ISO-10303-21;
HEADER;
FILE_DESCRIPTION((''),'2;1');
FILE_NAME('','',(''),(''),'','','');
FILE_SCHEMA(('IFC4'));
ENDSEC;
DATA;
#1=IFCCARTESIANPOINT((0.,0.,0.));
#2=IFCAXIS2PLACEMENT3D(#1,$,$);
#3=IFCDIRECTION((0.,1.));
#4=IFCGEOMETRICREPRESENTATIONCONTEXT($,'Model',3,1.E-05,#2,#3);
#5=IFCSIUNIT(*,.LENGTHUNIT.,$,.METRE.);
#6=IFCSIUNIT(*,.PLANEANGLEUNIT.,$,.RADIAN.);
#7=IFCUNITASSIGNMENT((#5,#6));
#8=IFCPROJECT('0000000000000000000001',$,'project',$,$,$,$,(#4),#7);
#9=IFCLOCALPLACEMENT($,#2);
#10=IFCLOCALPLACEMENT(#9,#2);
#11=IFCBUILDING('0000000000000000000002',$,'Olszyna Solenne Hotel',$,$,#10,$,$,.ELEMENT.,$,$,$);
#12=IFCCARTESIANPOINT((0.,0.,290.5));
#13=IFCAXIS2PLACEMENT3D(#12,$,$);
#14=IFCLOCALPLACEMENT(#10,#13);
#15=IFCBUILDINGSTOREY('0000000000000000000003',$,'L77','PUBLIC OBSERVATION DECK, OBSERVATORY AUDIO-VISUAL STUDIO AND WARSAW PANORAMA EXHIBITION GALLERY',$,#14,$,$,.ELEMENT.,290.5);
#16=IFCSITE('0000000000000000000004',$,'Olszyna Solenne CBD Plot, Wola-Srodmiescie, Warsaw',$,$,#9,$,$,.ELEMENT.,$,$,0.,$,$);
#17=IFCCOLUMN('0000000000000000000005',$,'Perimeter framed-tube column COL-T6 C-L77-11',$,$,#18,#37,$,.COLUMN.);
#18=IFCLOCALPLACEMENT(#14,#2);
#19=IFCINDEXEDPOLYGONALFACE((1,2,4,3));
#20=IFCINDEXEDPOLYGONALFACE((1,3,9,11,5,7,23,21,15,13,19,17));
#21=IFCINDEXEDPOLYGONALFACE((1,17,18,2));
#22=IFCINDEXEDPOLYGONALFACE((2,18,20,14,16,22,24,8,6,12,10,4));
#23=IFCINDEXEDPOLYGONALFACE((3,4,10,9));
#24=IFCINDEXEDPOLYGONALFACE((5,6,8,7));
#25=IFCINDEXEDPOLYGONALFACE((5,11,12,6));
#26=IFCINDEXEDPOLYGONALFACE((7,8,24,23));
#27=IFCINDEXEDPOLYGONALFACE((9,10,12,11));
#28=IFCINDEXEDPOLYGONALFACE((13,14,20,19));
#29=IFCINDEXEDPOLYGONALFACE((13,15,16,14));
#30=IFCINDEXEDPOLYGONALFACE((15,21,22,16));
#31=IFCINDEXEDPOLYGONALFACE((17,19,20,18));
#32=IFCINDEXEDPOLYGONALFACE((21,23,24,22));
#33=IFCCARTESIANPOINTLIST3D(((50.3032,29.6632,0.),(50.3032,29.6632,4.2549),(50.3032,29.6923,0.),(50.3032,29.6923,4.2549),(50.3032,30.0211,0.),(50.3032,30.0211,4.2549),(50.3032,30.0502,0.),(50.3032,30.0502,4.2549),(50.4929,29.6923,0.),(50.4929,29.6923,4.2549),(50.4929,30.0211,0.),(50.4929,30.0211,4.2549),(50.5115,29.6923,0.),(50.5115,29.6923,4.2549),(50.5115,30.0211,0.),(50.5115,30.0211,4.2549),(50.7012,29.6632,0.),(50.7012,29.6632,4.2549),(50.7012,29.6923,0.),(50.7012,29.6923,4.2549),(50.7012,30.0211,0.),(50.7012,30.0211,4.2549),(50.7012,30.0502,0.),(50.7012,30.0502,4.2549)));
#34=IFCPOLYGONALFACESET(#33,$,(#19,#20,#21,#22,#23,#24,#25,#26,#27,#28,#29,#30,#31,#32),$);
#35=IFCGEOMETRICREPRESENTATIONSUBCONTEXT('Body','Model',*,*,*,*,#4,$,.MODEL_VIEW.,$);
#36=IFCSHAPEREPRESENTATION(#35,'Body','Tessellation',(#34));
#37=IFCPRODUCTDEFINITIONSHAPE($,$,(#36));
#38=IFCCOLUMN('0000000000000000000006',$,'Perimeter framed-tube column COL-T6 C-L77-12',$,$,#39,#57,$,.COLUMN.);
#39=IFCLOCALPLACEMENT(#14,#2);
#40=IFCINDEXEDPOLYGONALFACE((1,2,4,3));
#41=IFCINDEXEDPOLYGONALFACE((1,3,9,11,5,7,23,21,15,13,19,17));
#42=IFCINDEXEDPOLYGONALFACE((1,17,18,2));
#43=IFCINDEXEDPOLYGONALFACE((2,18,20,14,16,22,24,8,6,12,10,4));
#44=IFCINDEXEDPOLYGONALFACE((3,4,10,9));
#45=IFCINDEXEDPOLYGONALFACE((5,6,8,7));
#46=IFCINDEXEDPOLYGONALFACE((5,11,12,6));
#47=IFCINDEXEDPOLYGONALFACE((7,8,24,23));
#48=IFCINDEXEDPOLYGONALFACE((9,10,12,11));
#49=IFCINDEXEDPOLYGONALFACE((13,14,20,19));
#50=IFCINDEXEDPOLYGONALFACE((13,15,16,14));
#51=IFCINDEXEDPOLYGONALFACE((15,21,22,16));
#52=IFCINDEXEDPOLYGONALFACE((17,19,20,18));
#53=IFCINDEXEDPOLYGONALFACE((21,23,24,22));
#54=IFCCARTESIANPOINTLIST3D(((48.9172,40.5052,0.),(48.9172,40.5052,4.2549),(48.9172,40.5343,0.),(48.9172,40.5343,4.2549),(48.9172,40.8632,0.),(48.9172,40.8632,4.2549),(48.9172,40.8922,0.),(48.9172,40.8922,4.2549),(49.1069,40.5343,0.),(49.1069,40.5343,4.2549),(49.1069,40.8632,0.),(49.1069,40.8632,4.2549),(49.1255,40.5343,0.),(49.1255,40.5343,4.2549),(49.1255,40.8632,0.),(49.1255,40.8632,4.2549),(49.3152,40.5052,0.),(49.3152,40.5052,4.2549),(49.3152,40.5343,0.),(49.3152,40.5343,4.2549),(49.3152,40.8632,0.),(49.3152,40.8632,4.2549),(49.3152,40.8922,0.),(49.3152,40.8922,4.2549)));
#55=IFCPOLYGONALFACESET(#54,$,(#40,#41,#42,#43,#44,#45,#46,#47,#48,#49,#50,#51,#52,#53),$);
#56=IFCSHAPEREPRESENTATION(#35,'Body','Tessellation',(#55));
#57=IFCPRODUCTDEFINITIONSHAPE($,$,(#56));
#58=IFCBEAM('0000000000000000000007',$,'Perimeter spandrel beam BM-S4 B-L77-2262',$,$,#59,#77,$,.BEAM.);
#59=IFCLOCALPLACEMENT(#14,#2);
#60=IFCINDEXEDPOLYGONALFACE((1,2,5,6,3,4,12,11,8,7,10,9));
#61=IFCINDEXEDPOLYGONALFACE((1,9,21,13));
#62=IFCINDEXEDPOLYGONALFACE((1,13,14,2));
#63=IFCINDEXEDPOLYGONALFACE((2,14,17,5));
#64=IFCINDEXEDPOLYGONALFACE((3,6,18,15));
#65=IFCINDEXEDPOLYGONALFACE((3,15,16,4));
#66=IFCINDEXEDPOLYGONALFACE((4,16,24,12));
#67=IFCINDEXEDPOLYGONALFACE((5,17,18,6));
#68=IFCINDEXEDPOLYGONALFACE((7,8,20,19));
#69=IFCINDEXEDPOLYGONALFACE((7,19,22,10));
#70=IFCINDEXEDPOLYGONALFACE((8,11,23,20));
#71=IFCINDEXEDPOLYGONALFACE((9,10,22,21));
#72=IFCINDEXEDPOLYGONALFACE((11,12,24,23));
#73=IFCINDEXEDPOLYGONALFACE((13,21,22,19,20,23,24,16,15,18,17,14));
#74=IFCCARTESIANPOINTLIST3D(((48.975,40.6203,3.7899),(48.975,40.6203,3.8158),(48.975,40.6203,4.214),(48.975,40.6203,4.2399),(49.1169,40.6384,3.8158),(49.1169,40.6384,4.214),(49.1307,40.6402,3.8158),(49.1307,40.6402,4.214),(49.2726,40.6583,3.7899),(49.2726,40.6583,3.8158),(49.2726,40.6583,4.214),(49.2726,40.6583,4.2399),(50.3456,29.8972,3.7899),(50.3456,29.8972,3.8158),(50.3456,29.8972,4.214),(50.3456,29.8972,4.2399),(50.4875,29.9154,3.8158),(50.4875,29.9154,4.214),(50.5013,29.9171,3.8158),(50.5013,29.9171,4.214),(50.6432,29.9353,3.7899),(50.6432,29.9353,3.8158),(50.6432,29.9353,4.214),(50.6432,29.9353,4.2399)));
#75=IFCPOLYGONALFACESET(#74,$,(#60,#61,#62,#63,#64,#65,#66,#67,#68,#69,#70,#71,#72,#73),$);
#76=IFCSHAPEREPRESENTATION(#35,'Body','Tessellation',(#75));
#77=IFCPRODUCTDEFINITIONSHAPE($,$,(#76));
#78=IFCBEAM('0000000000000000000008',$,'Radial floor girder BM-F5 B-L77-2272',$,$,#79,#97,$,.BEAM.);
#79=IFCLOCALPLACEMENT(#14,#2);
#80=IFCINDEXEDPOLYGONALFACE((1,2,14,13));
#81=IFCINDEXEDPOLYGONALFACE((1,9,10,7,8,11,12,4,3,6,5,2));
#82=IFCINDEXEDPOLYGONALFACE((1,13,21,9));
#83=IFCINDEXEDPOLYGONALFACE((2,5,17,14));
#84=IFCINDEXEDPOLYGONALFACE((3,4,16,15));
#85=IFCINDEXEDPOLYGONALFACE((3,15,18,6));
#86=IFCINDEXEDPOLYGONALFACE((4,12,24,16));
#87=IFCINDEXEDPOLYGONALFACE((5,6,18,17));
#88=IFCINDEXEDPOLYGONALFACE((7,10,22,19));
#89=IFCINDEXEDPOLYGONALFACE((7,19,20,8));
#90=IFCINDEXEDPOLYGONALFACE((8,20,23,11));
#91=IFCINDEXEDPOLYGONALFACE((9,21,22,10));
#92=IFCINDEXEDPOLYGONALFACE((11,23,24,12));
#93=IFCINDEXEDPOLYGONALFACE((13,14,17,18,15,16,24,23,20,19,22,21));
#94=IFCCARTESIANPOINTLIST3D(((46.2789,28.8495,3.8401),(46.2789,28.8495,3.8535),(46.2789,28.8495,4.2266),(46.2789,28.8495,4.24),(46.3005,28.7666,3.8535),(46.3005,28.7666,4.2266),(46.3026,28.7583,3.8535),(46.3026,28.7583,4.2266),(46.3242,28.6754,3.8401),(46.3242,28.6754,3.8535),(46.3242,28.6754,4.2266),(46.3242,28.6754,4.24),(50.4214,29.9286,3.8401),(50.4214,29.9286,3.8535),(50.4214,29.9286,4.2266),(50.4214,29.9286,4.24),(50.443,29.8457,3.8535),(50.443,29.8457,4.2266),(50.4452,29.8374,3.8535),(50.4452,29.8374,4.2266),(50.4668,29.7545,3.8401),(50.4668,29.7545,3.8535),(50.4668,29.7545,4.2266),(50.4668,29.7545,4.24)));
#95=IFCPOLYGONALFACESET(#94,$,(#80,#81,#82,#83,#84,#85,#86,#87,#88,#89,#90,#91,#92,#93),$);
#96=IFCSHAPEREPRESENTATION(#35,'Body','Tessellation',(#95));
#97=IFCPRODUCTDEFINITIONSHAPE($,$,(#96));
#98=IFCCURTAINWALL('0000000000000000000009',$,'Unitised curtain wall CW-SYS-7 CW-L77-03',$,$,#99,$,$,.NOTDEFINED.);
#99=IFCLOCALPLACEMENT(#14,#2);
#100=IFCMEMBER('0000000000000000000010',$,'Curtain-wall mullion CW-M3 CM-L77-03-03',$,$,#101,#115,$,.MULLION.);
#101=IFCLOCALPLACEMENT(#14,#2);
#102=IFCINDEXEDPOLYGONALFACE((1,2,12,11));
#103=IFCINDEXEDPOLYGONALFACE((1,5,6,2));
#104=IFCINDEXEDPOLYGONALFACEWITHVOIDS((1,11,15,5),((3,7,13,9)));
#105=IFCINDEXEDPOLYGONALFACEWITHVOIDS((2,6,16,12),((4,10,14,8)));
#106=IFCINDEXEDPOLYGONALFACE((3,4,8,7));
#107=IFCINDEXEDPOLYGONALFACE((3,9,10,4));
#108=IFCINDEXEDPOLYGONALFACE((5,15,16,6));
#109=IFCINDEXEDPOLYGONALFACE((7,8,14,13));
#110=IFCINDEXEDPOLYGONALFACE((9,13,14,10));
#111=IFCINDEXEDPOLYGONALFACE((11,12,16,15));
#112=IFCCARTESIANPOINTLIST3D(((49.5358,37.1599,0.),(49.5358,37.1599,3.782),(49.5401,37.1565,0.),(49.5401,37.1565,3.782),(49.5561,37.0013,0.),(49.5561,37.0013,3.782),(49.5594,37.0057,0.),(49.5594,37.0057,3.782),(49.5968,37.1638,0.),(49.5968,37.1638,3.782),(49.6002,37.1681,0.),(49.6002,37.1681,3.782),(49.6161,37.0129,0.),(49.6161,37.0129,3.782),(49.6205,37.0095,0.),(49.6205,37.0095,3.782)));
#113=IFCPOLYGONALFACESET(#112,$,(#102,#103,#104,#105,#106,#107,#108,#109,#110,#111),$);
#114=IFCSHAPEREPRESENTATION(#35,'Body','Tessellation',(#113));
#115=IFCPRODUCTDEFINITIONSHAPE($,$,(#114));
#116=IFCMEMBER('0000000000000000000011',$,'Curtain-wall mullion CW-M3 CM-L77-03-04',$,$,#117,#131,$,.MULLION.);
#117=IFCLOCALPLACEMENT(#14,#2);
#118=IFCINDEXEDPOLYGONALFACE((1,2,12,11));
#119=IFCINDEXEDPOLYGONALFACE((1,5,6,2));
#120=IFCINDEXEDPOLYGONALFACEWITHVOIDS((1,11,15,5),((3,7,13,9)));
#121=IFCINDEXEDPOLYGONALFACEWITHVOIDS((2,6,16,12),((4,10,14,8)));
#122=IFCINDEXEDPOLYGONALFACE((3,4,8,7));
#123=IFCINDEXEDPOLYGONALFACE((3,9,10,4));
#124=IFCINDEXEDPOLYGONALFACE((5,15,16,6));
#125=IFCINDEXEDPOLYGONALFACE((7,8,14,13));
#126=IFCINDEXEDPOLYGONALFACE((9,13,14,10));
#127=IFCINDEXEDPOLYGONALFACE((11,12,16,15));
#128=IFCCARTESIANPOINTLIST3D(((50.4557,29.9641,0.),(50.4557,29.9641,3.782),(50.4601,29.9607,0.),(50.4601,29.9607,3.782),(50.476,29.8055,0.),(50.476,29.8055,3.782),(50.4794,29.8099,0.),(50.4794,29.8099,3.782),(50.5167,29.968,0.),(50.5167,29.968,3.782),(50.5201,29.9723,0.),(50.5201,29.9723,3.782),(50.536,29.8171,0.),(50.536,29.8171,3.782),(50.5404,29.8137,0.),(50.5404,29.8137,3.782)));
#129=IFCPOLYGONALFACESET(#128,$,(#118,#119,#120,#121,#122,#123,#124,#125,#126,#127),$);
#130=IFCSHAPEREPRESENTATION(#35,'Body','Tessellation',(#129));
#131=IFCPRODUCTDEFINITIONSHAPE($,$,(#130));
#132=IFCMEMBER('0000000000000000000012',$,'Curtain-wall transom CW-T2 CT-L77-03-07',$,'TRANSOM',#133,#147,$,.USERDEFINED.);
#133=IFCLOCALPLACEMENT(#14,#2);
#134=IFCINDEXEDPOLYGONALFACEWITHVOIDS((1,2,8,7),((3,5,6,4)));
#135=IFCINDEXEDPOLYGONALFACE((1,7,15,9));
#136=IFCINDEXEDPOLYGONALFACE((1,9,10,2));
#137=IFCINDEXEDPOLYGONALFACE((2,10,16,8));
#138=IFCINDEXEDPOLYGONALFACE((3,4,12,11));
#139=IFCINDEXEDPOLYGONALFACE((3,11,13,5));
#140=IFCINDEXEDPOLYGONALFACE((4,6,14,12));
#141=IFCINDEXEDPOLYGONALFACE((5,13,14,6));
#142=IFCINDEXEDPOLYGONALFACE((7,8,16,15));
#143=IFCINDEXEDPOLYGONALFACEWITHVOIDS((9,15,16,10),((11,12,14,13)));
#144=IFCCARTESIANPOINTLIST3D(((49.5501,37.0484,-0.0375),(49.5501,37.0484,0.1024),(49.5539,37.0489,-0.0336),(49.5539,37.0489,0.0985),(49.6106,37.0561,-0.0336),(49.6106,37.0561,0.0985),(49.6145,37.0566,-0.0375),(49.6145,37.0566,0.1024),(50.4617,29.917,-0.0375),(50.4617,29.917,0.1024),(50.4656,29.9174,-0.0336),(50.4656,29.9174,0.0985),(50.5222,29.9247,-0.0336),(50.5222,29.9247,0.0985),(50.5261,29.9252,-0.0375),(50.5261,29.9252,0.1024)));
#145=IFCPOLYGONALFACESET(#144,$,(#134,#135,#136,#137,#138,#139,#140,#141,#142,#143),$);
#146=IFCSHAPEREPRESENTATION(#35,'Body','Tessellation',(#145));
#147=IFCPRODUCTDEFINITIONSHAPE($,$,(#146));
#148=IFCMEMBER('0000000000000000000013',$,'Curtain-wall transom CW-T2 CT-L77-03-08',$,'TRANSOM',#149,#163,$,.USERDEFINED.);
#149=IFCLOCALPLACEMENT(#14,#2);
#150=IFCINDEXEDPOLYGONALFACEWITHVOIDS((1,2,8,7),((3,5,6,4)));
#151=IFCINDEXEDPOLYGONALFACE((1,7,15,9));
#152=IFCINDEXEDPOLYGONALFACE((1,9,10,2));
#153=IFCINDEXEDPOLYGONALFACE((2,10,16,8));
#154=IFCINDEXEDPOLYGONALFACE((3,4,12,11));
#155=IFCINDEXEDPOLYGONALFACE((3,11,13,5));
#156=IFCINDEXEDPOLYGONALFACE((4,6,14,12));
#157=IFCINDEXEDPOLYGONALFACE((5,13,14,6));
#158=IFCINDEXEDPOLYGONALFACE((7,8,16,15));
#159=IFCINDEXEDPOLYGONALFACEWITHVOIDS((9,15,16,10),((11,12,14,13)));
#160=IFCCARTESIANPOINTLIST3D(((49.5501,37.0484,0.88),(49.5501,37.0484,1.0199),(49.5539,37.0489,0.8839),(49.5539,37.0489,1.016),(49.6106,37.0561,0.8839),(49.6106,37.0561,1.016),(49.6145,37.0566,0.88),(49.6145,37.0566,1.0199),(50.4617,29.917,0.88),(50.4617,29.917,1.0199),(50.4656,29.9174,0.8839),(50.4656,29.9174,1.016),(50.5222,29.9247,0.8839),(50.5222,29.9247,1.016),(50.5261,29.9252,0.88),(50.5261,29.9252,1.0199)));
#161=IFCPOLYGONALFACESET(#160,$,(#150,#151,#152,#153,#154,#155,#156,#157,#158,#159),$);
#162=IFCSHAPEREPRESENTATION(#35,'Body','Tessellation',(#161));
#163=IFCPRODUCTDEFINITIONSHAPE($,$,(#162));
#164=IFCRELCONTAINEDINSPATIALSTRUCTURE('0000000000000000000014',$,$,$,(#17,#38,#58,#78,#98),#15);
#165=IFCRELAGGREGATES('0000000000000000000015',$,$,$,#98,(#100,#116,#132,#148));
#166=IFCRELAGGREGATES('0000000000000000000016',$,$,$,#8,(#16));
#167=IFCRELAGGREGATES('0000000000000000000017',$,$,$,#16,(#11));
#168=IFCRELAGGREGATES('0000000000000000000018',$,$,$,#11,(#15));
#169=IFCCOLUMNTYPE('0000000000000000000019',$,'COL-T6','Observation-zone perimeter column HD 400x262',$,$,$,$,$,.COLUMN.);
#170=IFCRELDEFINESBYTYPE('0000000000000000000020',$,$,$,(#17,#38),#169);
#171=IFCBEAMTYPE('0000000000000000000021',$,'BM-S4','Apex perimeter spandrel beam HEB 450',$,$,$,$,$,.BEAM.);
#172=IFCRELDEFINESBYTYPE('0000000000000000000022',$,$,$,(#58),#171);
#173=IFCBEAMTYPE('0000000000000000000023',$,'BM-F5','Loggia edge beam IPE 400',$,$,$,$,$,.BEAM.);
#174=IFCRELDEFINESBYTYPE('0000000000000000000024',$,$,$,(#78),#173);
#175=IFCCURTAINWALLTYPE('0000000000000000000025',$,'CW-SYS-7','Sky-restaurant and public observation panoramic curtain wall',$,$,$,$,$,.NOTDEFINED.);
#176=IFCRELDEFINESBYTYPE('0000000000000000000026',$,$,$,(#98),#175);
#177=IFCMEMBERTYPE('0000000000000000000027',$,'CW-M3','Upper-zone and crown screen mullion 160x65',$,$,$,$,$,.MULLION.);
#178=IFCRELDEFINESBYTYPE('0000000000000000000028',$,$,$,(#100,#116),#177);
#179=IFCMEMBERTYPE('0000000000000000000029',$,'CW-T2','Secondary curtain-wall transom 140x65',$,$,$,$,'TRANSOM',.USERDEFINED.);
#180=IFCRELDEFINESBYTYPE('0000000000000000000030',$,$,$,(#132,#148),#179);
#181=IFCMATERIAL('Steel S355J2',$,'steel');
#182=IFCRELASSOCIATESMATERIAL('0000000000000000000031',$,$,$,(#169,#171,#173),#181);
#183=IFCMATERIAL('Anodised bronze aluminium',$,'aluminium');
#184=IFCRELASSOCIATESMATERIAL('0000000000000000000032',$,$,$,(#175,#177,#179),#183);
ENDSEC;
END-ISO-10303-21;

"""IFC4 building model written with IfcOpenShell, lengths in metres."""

from ifc_helpers import new_model, si_unit, direction, frame, origin, origin_2d, place, context, subcontext, project, spatial, hollow_rectangle, i_section, extrude, source, transform, mapped, material, material_profile, profile_set, type_object, element, aggregate, save


model = new_model("IFC4")

# Units and contexts
model_context = context("Model", 3, precision=1e-05, world=origin(), true_north=direction((0.0, 1.0)))
body_context = subcontext(model_context, "Body", "Model", "MODEL_VIEW")
ifc_project = project(units=[si_unit("LENGTHUNIT", "METRE"), si_unit("PLANEANGLEUNIT", "RADIAN")], contexts=[model_context])

# Site, building, storey
site_placement = place(None, origin())
site = spatial("IfcSite", under=ifc_project, at=site_placement, Name="Olszyna Solenne CBD Plot, Wola-Srodmiescie, Warsaw", CompositionType="ELEMENT", RefElevation=0.0)
building_placement = place(site_placement, origin())
building = spatial("IfcBuilding", under=site, at=building_placement, Name="Olszyna Solenne Hotel", CompositionType="ELEMENT")
storey_placement = place(building_placement, frame((0.0, 0.0, 290.5)))
storey = spatial("IfcBuildingStorey", under=building, at=storey_placement, Name="L77", Description="PUBLIC OBSERVATION DECK, OBSERVATORY AUDIO-VISUAL STUDIO AND WARSAW PANORAMA EXHIBITION GALLERY", CompositionType="ELEMENT", Elevation=290.5)

# Columns
ifc_material_1 = material(Name="Steel S355J2", Category="steel")
ifc_material_profile_1 = material_profile(ifc_material_1, i_section(OverallWidth=0.3979, OverallDepth=0.387, WebThickness=0.0186, FlangeThickness=0.0291, at=origin_2d()), Name="HD 400x262", Category="load-bearing")
ifc_profile_set_1 = profile_set([ifc_material_profile_1], Name="Steel S355J2")
column_type = type_object("IfcColumnType", Name="COL-T6", Description="Observation-zone perimeter column HD 400x262", PredefinedType="COLUMN", material=ifc_profile_set_1)
shared_shape_1 = source(origin(), body_context, "Body", "SweptSolid", [
    extrude(i_section(OverallWidth=0.3979, OverallDepth=0.387, WebThickness=0.0186, FlangeThickness=0.0291, at=origin_2d()), origin(), (0.0, 0.0, 1.0), 4.2549),
])
for number, where, z_axis, x_axis, name in (
    (1, (50.5022, 29.8567, 0.0), (0.0, 0.0, 1.0), (1.0, 0.0, 0.0), "Perimeter framed-tube column COL-T6 C-L77-11"),
    (2, (49.1162, 40.6987, 0.0), (0.0, 0.0, 1.0), (1.0, 0.0, 0.0), "Perimeter framed-tube column COL-T6 C-L77-12"),
):
    element("IfcColumn", number, at=place(storey_placement, frame(where, z_axis=z_axis, x_axis=x_axis)), inside=storey, type_object=column_type, Name=name, PredefinedType="COLUMN", context=body_context, shape_type="MappedRepresentation", body=[
        mapped(shared_shape_1, transform((0.0, 0.0, 0.0), x_axis=(1.0, 0.0, 0.0), y_axis=(0.0, 1.0, 0.0), z_axis=(0.0, 0.0, 1.0), scale=1.0)),
    ])

# Beams
ifc_material_profile_2 = material_profile(ifc_material_1, i_section(OverallWidth=0.3, OverallDepth=0.45, WebThickness=0.0139, FlangeThickness=0.0259, at=origin_2d()), Name="HEB 450", Category="load-bearing")
ifc_profile_set_2 = profile_set([ifc_material_profile_2], Name="Steel S355J2")
beam_type_1 = type_object("IfcBeamType", Name="BM-S4", Description="Apex perimeter spandrel beam HEB 450", PredefinedType="BEAM", material=ifc_profile_set_2)
shared_shape_2 = source(origin(), body_context, "Body", "SweptSolid", [
    extrude(i_section(OverallWidth=0.3, OverallDepth=0.45, WebThickness=0.0139, FlangeThickness=0.0259, at=origin_2d()), origin(), (0.0, 0.0, 1.0), 10.8103),
])
beam_1_placement = place(storey_placement, frame((50.4944, 29.9163, 4.0149), z_axis=(-0.126786, 0.99193, 0.0), x_axis=(-0.99193, -0.126786, 0.0)))
element("IfcBeam", 3, at=beam_1_placement, inside=storey, type_object=beam_type_1, Name="Perimeter spandrel beam BM-S4 B-L77-2262", PredefinedType="BEAM", context=body_context, shape_type="MappedRepresentation", body=[
    mapped(shared_shape_2, transform((0.0, 0.0, 0.0), x_axis=(1.0, 0.0, 0.0), y_axis=(0.0, 1.0, 0.0), z_axis=(0.0, 0.0, 1.0), scale=1.0)),
])
ifc_material_profile_3 = material_profile(ifc_material_1, i_section(OverallWidth=0.1799, OverallDepth=0.3999, WebThickness=0.0085, FlangeThickness=0.0134, at=origin_2d()), Name="IPE 400", Category="load-bearing")
ifc_profile_set_3 = profile_set([ifc_material_profile_3], Name="Steel S355J2")
beam_type_2 = type_object("IfcBeamType", Name="BM-F5", Description="Loggia edge beam IPE 400", PredefinedType="BEAM", material=ifc_profile_set_3)
shared_shape_3 = source(origin(), body_context, "Body", "SweptSolid", [
    extrude(i_section(OverallWidth=0.1799, OverallDepth=0.3999, WebThickness=0.0085, FlangeThickness=0.0134, at=origin_2d()), origin(), (0.0, 0.0, 1.0), 4.2808),
])
beam_2_placement = place(storey_placement, frame((50.4441, 29.8416, 4.04), z_axis=(-0.967707, -0.252078, 0.0), x_axis=(0.252078, -0.967707, 0.0)))
element("IfcBeam", 4, at=beam_2_placement, inside=storey, type_object=beam_type_2, Name="Radial floor girder BM-F5 B-L77-2272", PredefinedType="BEAM", context=body_context, shape_type="MappedRepresentation", body=[
    mapped(shared_shape_3, transform((0.0, 0.0, 0.0), x_axis=(1.0, 0.0, 0.0), y_axis=(0.0, 1.0, 0.0), z_axis=(0.0, 0.0, 1.0), scale=1.0)),
])

# Curtain wall, members
ifc_material_2 = material(Name="Anodised bronze aluminium", Category="aluminium")
curtain_wall_type = type_object("IfcCurtainWallType", Name="CW-SYS-7", Description="Sky-restaurant and public observation panoramic curtain wall", PredefinedType="NOTDEFINED", material=ifc_material_2)
curtain_wall_placement = place(storey_placement, origin())
curtain_wall = element("IfcCurtainWall", 5, at=curtain_wall_placement, inside=storey, type_object=curtain_wall_type, Name="Unitised curtain wall CW-SYS-7 CW-L77-03", PredefinedType="NOTDEFINED")
ifc_material_profile_4 = material_profile(ifc_material_2, hollow_rectangle(XDim=0.0649, YDim=0.1599, WallThickness=0.0039, at=origin_2d()), Name="MULL 160x65x4", Category="load-bearing")
ifc_profile_set_4 = profile_set([ifc_material_profile_4], Name="Anodised bronze aluminium")
member_type_1 = type_object("IfcMemberType", Name="CW-M3", Description="Upper-zone and crown screen mullion 160x65", PredefinedType="MULLION", material=ifc_profile_set_4)
shared_shape_4 = source(origin(), body_context, "Body", "SweptSolid", [
    extrude(hollow_rectangle(XDim=0.0649, YDim=0.1599, WallThickness=0.0039, at=origin_2d()), origin(), (0.0, 0.0, 1.0), 3.782),
])
member_1_placement = place(storey_placement, frame((49.5781, 37.0847, 0.0), z_axis=(0.0, 0.0, 1.0), x_axis=(0.99193, 0.12679, 0.0)))
member_1 = element("IfcMember", 6, at=member_1_placement, type_object=member_type_1, Name="Curtain-wall mullion CW-M3 CM-L77-03-03", PredefinedType="MULLION", context=body_context, shape_type="MappedRepresentation", body=[
    mapped(shared_shape_4, transform((0.0, 0.0, 0.0), x_axis=(1.0, 0.0, 0.0), y_axis=(0.0, 1.0, 0.0), z_axis=(0.0, 0.0, 1.0), scale=1.0)),
])
member_2_placement = place(storey_placement, frame((50.498, 29.8889, 0.0), z_axis=(0.0, 0.0, 1.0), x_axis=(0.99193, 0.12679, 0.0)))
member_2 = element("IfcMember", 7, at=member_2_placement, type_object=member_type_1, Name="Curtain-wall mullion CW-M3 CM-L77-03-04", PredefinedType="MULLION", context=body_context, shape_type="MappedRepresentation", body=[
    mapped(shared_shape_4, transform((0.0, 0.0, 0.0), x_axis=(1.0, 0.0, 0.0), y_axis=(0.0, 1.0, 0.0), z_axis=(0.0, 0.0, 1.0), scale=1.0)),
])
ifc_material_profile_5 = material_profile(ifc_material_2, hollow_rectangle(XDim=0.0649, YDim=0.1399, WallThickness=0.0039, at=origin_2d()), Name="TRAN 140x65x4", Category="load-bearing")
ifc_profile_set_5 = profile_set([ifc_material_profile_5], Name="Anodised bronze aluminium")
member_type_2 = type_object("IfcMemberType", Name="CW-T2", Description="Secondary curtain-wall transom 140x65", ElementType="TRANSOM", PredefinedType="USERDEFINED", material=ifc_profile_set_5)
shared_shape_5 = source(origin(), body_context, "Body", "SweptSolid", [
    extrude(hollow_rectangle(XDim=0.0649, YDim=0.1399, WallThickness=0.0039, at=origin_2d()), origin(), (0.0, 0.0, 1.0), 7.1895),
])
member_3_placement = place(storey_placement, frame((49.5823, 37.0525, 0.0325), z_axis=(0.126801, -0.991928, 0.0), x_axis=(0.991928, 0.126801, 0.0)))
member_3 = element("IfcMember", 8, at=member_3_placement, type_object=member_type_2, Name="Curtain-wall transom CW-T2 CT-L77-03-07", ObjectType="TRANSOM", PredefinedType="USERDEFINED", context=body_context, shape_type="MappedRepresentation", body=[
    mapped(shared_shape_5, transform((0.0, 0.0, 0.0), x_axis=(1.0, 0.0, 0.0), y_axis=(0.0, 1.0, 0.0), z_axis=(0.0, 0.0, 1.0), scale=1.0)),
])
member_4_placement = place(storey_placement, frame((49.5823, 37.0525, 0.95), z_axis=(0.126801, -0.991928, 0.0), x_axis=(0.991928, 0.126801, 0.0)))
member_4 = element("IfcMember", 9, at=member_4_placement, type_object=member_type_2, Name="Curtain-wall transom CW-T2 CT-L77-03-08", ObjectType="TRANSOM", PredefinedType="USERDEFINED", context=body_context, shape_type="MappedRepresentation", body=[
    mapped(shared_shape_5, transform((0.0, 0.0, 0.0), x_axis=(1.0, 0.0, 0.0), y_axis=(0.0, 1.0, 0.0), z_axis=(0.0, 0.0, 1.0), scale=1.0)),
])

aggregate(curtain_wall, [member_1, member_2, member_3, member_4])

save(model, "model.ifc")
